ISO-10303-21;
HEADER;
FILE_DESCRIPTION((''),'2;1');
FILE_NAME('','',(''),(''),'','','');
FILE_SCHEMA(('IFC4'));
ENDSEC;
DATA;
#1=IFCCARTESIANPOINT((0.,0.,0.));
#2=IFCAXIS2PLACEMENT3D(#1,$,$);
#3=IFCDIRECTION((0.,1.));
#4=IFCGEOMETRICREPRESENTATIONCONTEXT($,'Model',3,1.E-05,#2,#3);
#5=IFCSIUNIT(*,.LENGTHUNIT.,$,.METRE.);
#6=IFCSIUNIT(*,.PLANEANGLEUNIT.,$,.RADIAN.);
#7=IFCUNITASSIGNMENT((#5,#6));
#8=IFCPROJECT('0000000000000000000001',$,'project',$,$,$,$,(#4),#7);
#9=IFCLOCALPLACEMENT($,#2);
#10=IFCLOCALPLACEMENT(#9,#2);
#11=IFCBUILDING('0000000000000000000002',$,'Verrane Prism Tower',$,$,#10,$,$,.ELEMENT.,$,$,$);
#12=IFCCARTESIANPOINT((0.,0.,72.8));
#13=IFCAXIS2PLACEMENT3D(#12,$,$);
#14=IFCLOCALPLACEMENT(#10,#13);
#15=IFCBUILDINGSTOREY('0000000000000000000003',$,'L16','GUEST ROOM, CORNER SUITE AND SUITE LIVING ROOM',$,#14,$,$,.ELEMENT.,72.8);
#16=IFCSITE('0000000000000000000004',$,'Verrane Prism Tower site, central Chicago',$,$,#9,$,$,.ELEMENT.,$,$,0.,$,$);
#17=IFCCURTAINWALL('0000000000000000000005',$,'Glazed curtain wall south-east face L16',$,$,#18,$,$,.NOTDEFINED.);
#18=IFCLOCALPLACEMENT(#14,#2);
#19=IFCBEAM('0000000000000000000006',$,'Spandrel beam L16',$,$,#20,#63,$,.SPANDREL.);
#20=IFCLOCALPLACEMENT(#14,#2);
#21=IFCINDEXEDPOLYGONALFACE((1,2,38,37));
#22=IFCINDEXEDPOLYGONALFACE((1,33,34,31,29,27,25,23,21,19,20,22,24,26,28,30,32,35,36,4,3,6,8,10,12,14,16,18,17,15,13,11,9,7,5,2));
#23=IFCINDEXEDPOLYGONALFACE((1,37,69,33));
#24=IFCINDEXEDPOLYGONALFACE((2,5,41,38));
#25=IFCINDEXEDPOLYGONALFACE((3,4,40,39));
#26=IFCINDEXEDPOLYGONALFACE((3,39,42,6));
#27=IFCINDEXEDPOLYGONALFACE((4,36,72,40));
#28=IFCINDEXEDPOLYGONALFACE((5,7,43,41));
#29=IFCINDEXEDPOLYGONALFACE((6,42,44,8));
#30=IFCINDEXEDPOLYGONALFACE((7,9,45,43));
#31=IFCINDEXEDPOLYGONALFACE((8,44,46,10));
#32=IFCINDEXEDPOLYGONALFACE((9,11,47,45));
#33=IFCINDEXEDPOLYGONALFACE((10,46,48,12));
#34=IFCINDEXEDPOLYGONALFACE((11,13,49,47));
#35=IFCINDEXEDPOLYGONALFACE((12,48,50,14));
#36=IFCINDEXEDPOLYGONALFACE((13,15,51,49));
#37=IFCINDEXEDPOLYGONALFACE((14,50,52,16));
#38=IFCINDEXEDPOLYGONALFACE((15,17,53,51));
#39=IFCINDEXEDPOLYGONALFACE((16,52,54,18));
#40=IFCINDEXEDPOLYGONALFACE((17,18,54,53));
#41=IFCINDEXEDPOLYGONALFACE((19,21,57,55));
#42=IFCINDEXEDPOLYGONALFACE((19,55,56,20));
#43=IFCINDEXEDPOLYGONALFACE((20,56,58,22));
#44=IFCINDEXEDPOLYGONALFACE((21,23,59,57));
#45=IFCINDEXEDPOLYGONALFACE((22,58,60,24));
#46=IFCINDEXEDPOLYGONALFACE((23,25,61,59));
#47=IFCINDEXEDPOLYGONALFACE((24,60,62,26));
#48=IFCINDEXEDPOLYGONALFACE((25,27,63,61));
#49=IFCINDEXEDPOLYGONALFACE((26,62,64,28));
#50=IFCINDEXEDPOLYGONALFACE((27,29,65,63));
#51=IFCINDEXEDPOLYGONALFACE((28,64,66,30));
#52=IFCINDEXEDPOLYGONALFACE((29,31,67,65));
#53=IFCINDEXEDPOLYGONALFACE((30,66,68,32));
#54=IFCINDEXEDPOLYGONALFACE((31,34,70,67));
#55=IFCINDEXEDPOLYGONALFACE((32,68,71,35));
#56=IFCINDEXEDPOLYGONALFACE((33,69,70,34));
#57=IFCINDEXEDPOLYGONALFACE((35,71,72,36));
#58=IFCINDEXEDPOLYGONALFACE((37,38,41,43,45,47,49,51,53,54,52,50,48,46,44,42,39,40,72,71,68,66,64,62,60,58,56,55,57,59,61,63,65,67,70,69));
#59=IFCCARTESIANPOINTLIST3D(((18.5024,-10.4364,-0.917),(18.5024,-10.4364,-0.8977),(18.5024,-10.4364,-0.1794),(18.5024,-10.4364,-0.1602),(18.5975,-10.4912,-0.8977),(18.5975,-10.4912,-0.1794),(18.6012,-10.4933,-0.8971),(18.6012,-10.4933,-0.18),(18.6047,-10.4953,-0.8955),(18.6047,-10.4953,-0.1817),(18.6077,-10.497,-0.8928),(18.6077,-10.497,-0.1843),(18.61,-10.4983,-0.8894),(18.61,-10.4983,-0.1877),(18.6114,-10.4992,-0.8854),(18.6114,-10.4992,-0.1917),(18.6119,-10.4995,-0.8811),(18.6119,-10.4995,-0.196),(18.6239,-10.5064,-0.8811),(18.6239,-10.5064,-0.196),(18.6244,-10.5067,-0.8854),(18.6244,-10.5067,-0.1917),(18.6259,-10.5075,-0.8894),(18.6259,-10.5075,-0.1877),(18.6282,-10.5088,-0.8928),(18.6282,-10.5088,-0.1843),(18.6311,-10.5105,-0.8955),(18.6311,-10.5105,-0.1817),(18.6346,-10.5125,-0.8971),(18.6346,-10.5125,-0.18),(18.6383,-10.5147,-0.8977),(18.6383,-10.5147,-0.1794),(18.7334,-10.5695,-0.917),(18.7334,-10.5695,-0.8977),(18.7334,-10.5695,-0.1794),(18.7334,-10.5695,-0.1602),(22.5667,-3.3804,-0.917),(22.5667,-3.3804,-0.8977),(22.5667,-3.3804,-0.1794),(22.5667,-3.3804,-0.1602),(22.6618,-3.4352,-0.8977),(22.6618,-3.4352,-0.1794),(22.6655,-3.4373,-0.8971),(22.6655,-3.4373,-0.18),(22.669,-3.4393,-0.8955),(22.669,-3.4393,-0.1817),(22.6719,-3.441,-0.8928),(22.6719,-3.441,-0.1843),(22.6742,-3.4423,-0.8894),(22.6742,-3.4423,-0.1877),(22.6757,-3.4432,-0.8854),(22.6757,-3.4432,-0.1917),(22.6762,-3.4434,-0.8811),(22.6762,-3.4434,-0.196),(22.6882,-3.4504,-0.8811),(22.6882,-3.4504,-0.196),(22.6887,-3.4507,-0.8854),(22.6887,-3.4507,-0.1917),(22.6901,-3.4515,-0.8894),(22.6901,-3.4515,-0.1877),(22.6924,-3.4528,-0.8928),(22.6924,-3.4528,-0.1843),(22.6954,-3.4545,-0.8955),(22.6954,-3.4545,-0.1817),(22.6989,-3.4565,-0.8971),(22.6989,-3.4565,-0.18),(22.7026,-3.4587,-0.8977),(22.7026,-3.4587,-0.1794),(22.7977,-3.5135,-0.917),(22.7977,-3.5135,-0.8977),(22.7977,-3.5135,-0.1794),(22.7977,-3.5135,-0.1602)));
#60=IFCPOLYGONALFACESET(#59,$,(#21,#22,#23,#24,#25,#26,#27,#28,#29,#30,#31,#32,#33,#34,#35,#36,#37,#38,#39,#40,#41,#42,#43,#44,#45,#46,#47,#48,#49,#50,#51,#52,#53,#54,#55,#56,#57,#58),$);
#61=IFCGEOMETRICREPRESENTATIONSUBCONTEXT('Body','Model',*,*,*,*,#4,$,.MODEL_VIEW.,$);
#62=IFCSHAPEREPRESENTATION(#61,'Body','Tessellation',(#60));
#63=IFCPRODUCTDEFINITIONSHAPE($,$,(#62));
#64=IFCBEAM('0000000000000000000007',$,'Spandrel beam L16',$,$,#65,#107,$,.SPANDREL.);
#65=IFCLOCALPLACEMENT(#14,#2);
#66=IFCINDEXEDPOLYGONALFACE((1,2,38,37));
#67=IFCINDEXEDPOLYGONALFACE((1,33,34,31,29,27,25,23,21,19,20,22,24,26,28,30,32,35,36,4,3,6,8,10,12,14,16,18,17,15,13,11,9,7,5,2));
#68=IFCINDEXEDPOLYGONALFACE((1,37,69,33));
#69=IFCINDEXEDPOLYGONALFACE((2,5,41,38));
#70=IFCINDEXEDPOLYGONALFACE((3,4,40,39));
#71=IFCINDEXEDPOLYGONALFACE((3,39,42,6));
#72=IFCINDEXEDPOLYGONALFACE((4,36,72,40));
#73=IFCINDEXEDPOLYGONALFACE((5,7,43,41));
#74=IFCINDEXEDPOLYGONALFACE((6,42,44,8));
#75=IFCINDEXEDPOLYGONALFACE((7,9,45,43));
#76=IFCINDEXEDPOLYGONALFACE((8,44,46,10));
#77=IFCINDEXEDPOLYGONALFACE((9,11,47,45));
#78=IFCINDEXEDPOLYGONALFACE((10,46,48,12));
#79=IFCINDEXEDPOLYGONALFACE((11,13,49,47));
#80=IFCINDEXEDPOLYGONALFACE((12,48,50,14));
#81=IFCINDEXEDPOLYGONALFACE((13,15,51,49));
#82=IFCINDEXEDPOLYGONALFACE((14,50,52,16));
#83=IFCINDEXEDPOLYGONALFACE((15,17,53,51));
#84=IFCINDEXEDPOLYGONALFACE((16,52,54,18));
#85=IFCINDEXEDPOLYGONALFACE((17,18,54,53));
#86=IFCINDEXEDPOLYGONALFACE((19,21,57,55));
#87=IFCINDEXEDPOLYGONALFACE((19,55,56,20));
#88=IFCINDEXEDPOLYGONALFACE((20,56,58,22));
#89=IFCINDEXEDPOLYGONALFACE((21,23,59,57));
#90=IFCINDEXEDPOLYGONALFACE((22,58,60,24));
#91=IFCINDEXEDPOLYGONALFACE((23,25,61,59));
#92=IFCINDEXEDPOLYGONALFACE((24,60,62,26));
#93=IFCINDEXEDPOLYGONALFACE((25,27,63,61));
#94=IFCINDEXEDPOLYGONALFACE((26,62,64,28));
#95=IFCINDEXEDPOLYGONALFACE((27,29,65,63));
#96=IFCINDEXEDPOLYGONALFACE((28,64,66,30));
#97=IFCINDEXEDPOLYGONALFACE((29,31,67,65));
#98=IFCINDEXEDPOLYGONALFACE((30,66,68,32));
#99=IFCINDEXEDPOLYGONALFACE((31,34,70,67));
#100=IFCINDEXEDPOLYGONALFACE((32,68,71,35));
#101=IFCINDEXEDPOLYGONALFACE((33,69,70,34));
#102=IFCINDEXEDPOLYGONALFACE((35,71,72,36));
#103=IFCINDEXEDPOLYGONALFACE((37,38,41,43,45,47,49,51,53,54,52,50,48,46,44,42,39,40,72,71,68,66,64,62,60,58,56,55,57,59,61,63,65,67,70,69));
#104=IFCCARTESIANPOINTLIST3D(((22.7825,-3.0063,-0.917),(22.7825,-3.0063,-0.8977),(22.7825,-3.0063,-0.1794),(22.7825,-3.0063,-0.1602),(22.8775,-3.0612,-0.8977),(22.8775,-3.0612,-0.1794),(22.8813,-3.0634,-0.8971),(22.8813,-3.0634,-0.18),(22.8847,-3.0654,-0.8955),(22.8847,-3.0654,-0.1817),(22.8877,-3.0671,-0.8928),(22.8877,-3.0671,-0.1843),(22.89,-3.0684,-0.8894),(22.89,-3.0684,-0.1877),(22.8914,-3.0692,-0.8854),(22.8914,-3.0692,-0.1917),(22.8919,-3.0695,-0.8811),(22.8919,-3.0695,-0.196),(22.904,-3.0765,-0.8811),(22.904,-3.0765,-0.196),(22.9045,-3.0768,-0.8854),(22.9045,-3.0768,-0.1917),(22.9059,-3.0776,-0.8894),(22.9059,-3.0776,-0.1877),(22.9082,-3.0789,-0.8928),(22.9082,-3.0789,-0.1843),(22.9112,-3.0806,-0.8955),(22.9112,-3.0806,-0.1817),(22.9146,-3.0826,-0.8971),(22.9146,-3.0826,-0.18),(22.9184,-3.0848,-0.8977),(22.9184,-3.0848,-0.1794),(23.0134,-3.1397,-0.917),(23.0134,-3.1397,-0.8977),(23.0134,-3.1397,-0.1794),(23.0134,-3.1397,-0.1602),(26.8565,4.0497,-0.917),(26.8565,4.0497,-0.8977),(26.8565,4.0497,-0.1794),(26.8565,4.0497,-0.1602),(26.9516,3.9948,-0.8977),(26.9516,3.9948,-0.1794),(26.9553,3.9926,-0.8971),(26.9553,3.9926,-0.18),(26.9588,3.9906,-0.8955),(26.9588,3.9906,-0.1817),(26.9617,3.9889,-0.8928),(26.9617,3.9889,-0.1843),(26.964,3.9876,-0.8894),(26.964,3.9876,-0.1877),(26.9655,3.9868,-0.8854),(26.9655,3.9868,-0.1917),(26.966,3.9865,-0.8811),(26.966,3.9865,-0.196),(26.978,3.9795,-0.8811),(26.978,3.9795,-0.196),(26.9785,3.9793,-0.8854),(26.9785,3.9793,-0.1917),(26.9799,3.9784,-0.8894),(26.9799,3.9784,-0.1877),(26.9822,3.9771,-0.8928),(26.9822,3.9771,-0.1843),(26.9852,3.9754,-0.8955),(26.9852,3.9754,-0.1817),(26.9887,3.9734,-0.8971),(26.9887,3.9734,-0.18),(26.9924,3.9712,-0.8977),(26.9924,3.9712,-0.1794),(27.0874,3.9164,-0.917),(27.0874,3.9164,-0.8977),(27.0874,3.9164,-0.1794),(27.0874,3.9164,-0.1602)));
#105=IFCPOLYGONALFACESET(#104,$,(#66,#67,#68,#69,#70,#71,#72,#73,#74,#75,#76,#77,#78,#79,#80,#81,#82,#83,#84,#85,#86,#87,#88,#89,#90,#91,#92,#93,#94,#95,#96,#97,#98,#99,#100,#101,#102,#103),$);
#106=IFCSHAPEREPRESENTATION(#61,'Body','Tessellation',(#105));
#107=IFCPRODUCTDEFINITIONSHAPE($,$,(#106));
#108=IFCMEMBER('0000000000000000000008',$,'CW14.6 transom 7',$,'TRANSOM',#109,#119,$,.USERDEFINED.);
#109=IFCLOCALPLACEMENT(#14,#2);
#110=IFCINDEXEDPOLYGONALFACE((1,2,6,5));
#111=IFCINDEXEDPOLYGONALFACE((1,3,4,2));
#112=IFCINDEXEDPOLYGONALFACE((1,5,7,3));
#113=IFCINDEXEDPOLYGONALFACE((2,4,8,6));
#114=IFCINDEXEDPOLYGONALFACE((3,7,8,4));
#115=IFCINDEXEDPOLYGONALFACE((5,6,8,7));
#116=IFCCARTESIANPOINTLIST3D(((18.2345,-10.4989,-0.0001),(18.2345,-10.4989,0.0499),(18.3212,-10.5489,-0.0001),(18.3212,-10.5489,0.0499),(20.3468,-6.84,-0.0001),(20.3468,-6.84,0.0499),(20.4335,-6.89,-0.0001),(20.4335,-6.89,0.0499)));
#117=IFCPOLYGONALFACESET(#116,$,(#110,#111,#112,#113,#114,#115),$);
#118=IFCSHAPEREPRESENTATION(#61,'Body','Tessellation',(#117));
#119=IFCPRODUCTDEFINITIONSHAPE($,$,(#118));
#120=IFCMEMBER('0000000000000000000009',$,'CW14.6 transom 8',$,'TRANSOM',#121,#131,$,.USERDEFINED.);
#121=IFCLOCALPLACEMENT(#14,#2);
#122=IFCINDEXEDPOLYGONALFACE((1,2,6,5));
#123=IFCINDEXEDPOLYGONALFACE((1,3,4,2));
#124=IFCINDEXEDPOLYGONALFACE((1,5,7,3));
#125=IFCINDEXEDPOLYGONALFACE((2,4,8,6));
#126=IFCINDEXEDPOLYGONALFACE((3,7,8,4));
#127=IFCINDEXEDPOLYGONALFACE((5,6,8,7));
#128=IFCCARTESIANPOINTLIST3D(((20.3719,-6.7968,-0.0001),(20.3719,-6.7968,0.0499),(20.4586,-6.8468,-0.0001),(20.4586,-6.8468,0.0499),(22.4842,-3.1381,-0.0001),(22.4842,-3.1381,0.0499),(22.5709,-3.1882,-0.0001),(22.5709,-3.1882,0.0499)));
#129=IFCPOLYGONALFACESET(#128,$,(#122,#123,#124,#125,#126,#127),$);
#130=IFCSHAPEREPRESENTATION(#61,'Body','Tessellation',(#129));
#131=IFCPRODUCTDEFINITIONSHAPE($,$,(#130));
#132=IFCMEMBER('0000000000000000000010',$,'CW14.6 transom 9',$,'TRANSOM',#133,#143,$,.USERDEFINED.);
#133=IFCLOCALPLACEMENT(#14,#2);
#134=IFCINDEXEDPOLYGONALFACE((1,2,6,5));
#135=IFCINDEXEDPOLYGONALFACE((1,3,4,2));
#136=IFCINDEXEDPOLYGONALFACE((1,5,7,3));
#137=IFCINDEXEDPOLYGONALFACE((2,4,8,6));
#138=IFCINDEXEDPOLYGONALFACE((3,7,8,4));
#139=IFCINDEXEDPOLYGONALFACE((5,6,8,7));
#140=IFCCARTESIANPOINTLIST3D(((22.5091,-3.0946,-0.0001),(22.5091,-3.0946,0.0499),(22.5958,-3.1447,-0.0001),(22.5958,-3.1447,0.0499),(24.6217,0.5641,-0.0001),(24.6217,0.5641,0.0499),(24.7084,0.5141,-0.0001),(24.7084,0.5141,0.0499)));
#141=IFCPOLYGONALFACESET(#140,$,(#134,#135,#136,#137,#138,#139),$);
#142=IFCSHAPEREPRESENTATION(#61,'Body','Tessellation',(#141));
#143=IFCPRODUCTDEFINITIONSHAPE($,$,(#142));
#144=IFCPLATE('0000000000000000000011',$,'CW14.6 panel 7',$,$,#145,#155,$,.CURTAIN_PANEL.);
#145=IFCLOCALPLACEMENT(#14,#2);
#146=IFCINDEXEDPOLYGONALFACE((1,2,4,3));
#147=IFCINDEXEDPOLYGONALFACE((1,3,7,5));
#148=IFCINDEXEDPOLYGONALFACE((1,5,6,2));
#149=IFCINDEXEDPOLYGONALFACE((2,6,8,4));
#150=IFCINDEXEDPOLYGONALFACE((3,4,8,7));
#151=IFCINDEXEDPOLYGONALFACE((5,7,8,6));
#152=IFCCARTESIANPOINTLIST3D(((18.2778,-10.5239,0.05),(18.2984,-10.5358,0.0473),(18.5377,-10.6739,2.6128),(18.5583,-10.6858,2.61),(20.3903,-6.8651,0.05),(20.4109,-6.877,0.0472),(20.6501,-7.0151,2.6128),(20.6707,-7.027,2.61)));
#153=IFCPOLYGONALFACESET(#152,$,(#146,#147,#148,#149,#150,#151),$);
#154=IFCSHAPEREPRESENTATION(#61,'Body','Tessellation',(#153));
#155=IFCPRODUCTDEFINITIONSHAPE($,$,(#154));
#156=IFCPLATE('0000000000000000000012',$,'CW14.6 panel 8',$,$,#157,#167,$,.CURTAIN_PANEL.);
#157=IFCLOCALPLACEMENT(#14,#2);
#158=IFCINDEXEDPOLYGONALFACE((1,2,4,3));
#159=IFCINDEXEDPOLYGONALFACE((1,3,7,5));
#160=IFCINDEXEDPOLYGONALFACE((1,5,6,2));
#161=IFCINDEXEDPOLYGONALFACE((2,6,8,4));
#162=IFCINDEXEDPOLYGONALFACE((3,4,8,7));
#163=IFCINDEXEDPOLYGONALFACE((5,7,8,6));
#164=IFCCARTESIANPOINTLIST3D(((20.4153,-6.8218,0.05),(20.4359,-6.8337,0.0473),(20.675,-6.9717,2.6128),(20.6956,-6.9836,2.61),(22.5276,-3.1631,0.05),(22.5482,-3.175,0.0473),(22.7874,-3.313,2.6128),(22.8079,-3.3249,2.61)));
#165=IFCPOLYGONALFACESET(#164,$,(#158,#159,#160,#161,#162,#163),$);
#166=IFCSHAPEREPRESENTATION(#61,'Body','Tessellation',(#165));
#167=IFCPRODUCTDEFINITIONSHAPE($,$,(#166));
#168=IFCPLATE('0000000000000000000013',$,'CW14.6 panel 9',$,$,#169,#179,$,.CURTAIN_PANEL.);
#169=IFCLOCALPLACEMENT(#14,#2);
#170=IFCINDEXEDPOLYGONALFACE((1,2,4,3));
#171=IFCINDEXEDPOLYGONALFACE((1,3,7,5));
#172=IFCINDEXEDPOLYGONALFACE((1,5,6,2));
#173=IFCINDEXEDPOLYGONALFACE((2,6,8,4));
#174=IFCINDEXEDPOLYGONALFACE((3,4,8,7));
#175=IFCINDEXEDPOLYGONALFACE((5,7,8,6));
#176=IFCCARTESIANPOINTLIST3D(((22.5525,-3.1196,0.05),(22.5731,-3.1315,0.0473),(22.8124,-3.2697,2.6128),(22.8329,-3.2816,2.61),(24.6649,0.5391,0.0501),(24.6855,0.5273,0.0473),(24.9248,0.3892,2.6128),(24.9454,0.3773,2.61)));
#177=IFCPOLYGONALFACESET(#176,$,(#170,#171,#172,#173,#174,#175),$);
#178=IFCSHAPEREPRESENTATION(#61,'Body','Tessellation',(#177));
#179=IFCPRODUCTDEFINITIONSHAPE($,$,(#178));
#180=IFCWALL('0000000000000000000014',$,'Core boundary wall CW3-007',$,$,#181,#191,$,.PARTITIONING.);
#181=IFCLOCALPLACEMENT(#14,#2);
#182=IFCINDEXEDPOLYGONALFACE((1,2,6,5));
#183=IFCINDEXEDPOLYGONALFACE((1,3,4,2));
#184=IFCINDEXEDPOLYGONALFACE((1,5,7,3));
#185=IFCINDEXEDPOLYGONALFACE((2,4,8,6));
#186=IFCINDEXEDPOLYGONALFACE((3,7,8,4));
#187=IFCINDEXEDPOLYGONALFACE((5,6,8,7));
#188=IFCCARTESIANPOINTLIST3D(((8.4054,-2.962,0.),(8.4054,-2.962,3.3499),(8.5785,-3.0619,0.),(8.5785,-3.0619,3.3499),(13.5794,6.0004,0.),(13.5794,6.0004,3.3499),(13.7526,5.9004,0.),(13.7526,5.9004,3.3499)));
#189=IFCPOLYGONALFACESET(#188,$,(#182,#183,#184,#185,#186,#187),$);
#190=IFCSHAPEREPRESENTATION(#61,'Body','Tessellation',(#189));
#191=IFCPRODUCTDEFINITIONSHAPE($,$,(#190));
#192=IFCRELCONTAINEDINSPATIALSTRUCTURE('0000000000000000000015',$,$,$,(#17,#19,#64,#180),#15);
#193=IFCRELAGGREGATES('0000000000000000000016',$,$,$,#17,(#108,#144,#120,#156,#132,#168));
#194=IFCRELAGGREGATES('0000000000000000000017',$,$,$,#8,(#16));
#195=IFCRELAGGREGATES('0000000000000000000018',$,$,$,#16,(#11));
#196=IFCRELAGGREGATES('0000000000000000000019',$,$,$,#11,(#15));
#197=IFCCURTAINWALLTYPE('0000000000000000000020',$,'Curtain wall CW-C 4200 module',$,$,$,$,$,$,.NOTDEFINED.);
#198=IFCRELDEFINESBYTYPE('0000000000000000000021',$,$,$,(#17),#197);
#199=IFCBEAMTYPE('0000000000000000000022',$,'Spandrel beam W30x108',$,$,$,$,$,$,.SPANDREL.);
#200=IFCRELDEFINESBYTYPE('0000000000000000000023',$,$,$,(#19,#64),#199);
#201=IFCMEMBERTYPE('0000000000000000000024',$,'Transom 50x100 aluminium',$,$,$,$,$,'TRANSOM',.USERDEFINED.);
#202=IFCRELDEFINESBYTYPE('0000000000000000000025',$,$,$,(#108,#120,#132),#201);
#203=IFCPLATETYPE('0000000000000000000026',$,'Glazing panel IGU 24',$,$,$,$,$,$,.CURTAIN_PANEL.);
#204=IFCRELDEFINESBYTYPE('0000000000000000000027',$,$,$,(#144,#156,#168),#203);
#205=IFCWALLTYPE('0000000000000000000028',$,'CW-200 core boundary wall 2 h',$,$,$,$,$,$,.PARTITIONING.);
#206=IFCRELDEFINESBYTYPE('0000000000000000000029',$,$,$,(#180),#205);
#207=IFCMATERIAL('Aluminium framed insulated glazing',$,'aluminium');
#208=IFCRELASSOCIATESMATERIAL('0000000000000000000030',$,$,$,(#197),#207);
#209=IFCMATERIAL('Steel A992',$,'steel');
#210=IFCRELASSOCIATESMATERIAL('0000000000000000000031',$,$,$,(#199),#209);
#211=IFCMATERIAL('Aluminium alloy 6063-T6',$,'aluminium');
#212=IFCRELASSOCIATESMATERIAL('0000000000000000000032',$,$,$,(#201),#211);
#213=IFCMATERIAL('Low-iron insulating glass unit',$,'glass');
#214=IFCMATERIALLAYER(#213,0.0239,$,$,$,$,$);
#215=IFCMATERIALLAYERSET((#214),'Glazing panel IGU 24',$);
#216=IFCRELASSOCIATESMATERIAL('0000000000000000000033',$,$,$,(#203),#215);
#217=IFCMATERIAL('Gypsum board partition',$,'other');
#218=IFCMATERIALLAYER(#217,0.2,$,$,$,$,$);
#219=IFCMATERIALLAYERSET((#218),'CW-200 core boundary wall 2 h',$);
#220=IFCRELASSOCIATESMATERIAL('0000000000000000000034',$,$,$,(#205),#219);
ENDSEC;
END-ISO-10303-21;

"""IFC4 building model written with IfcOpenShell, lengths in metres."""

from ifc_helpers import new_model, si_unit, direction, frame, frame_2d, origin, origin_2d, place, context, subcontext, project, spatial, polyline, rectangle, i_section, outline, extrude, material, layer, layer_set, material_profile, profile_set, type_object, element, aggregate, save


model = new_model("IFC4")

# Units and contexts
model_context = context("Model", 3, precision=1e-05, world=origin(), true_north=direction((0.0, 1.0)))
body_context = subcontext(model_context, "Body", "Model", "MODEL_VIEW")
ifc_project = project(units=[si_unit("LENGTHUNIT", "METRE"), si_unit("PLANEANGLEUNIT", "RADIAN")], contexts=[model_context])

# Site, building, storey
site_placement = place(None, origin())
site = spatial("IfcSite", under=ifc_project, at=site_placement, Name="Verrane Prism Tower site, central Chicago", CompositionType="ELEMENT", RefElevation=0.0)
building_placement = place(site_placement, origin())
building = spatial("IfcBuilding", under=site, at=building_placement, Name="Verrane Prism Tower", CompositionType="ELEMENT")
storey_placement = place(building_placement, frame((0.0, 0.0, 72.8)))
storey = spatial("IfcBuildingStorey", under=building, at=storey_placement, Name="L16", Description="GUEST ROOM, CORNER SUITE AND SUITE LIVING ROOM", CompositionType="ELEMENT", Elevation=72.8)

# Curtain wall
ifc_material_1 = material(Name="Aluminium framed insulated glazing", Category="aluminium")
curtain_wall_type = type_object("IfcCurtainWallType", Name="Curtain wall CW-C 4200 module", PredefinedType="NOTDEFINED", material=ifc_material_1)
curtain_wall_placement = place(storey_placement, origin())
curtain_wall = element("IfcCurtainWall", 1, at=curtain_wall_placement, inside=storey, type_object=curtain_wall_type, Name="Glazed curtain wall south-east face L16", PredefinedType="NOTDEFINED")

# Beams
ifc_material_2 = material(Name="Steel A992", Category="steel")
ifc_material_profile_1 = material_profile(ifc_material_2, i_section(OverallWidth=0.2666, OverallDepth=0.7568, WebThickness=0.0139, FlangeThickness=0.0193, FilletRadius=0.0166, at=origin_2d()), Name="W30x108")
ifc_profile_set_1 = profile_set([ifc_material_profile_1], Name="Steel A992")
beam_type_1 = type_object("IfcBeamType", Name="Spandrel beam W30x108", PredefinedType="SPANDREL", material=ifc_profile_set_1)
beam_1_placement = place(storey_placement, frame((18.6179, -10.5029, -0.5386), z_axis=(0.499123, 0.866531, 0.0), x_axis=(-0.866531, 0.499123, 0.0)))
element("IfcBeam", 2, at=beam_1_placement, inside=storey, type_object=beam_type_1, Name="Spandrel beam L16", PredefinedType="SPANDREL", context=body_context, shape_type="SweptSolid", body=[
    extrude(i_section(OverallWidth=0.2666, OverallDepth=0.7568, WebThickness=0.0139, FlangeThickness=0.0193, FilletRadius=0.0166, at=origin_2d()), origin(), (0.0, 0.0, 1.0), 8.1428),
])
beam_2_placement = place(storey_placement, frame((22.8979, -3.073, -0.5386), z_axis=(0.500022, 0.866012, 0.0), x_axis=(-0.866012, 0.500022, 0.0)))
element("IfcBeam", 3, at=beam_2_placement, inside=storey, type_object=beam_type_1, Name="Spandrel beam L16", PredefinedType="SPANDREL", context=body_context, shape_type="SweptSolid", body=[
    extrude(i_section(OverallWidth=0.2666, OverallDepth=0.7568, WebThickness=0.0139, FlangeThickness=0.0193, FilletRadius=0.0166, at=origin_2d()), origin(), (0.0, 0.0, 1.0), 8.1477),
])

# Members
ifc_material_3 = material(Name="Aluminium alloy 6063-T6", Category="aluminium")
ifc_material_profile_2 = material_profile(ifc_material_3, rectangle(XDim=0.1001, YDim=0.05, at=origin_2d()), Name="Transom 50x100 aluminium")
ifc_profile_set_2 = profile_set([ifc_material_profile_2], Name="Aluminium alloy 6063-T6")
member_type_1 = type_object("IfcMemberType", Name="Transom 50x100 aluminium", ElementType="TRANSOM", PredefinedType="USERDEFINED", material=ifc_profile_set_2)
member_1_placement = place(storey_placement, frame((18.2778, -10.5239, 0.0249), z_axis=(0.499968, 0.866044, 0.0), x_axis=(-0.866044, 0.499968, 0.0)))
member_1 = element("IfcMember", 4, at=member_1_placement, type_object=member_type_1, Name="CW14.6 transom 7", ObjectType="TRANSOM", PredefinedType="USERDEFINED", context=body_context, shape_type="SweptSolid", body=[
    extrude(rectangle(XDim=0.1001, YDim=0.05, at=origin_2d()), origin(), (0.0, 0.0, 1.0), 4.2249),
])
member_2_placement = place(storey_placement, frame((20.4153, -6.8218, 0.0249), z_axis=(0.499993, 0.86603, 0.0), x_axis=(-0.86603, 0.499993, 0.0)))
member_2 = element("IfcMember", 5, at=member_2_placement, type_object=member_type_1, Name="CW14.6 transom 8", ObjectType="TRANSOM", PredefinedType="USERDEFINED", context=body_context, shape_type="SweptSolid", body=[
    extrude(rectangle(XDim=0.1001, YDim=0.05, at=origin_2d()), origin(), (0.0, 0.0, 1.0), 4.2246),
])
member_3_placement = place(storey_placement, frame((22.5525, -3.1196, 0.0249), z_axis=(0.500036, 0.866005, 0.0), x_axis=(-0.866005, 0.500036, 0.0)))
member_3 = element("IfcMember", 6, at=member_3_placement, type_object=member_type_1, Name="CW14.6 transom 9", ObjectType="TRANSOM", PredefinedType="USERDEFINED", context=body_context, shape_type="SweptSolid", body=[
    extrude(rectangle(XDim=0.1001, YDim=0.05, at=origin_2d()), origin(), (0.0, 0.0, 1.0), 4.2249),
])

# Plates
ifc_material_4 = material(Name="Low-iron insulating glass unit", Category="glass")
ifc_layer_1 = layer(ifc_material_4, 0.0239)
ifc_layer_set_1 = layer_set([ifc_layer_1], Name="Glazing panel IGU 24")
plate_type = type_object("IfcPlateType", Name="Glazing panel IGU 24", PredefinedType="CURTAIN_PANEL", material=ifc_layer_set_1)
plate_1_placement = place(storey_placement, frame((18.2778, -10.5239, 0.05), z_axis=(-0.860148, 0.496609, 0.116299), x_axis=(0.500001, 0.866025, -0.000005)))
plate_1 = element("IfcPlate", 7, at=plate_1_placement, type_object=plate_type, Name="CW14.6 panel 7", PredefinedType="CURTAIN_PANEL", context=body_context, shape_type="SweptSolid", body=[
    extrude(outline(polyline([(0.0, 0.0), (4.2249, 0.0), (4.2248, -2.5803), (0.0001, -2.5802), (0.0, 0.0)])), origin(), (0.0, 0.0, -1.0), 0.0239),
])
plate_2_placement = place(storey_placement, frame((20.4153, -6.8218, 0.05), z_axis=(-0.860159, 0.496603, 0.116236), x_axis=(0.499993, 0.86603, 0.0)))
plate_2 = element("IfcPlate", 8, at=plate_2_placement, type_object=plate_type, Name="CW14.6 panel 8", PredefinedType="CURTAIN_PANEL", context=body_context, shape_type="SweptSolid", body=[
    extrude(outline(polyline([(0.0, 0.0), (4.2247, 0.0), (4.2247, -2.5802), (0.0001, -2.5802), (0.0, 0.0)])), origin(), (0.0, 0.0, -1.0), 0.0239),
])
plate_3_placement = place(storey_placement, frame((22.5525, -3.1196, 0.05), z_axis=(-0.860148, 0.496609, 0.116299), x_axis=(0.500002, 0.866024, 0.000005)))
plate_3 = element("IfcPlate", 9, at=plate_3_placement, type_object=plate_type, Name="CW14.6 panel 9", PredefinedType="CURTAIN_PANEL", context=body_context, shape_type="SweptSolid", body=[
    extrude(outline(polyline([(0.0, 0.0), (4.2248, 0.0), (4.2249, -2.5802), (0.0, -2.5803), (0.0, 0.0)])), origin(), (0.0, 0.0, -1.0), 0.0239),
])
aggregate(curtain_wall, [member_1, plate_1, member_2, plate_2, member_3, plate_3])

# Wall
ifc_material_5 = material(Name="Gypsum board partition", Category="other")
ifc_layer_2 = layer(ifc_material_5, 0.2)
ifc_layer_set_2 = layer_set([ifc_layer_2], Name="CW-200 core boundary wall 2 h")
wall_type_1 = type_object("IfcWallType", Name="CW-200 core boundary wall 2 h", PredefinedType="PARTITIONING", material=ifc_layer_set_2)
wall_1_placement = place(storey_placement, frame((8.4919, -3.012, 0.0), z_axis=(0.0, 0.0, 1.0), x_axis=(0.499973, 0.866041, 0.0)))
element("IfcWall", 10, at=wall_1_placement, inside=storey, type_object=wall_type_1, Name="Core boundary wall CW3-007", PredefinedType="PARTITIONING", context=body_context, shape_type="SweptSolid", body=[
    extrude(rectangle(XDim=10.3486, YDim=0.2, at=frame_2d((5.1743, 0.0))), origin(), (0.0, 0.0, 1.0), 3.3499),
])

save(model, "model.ifc")
